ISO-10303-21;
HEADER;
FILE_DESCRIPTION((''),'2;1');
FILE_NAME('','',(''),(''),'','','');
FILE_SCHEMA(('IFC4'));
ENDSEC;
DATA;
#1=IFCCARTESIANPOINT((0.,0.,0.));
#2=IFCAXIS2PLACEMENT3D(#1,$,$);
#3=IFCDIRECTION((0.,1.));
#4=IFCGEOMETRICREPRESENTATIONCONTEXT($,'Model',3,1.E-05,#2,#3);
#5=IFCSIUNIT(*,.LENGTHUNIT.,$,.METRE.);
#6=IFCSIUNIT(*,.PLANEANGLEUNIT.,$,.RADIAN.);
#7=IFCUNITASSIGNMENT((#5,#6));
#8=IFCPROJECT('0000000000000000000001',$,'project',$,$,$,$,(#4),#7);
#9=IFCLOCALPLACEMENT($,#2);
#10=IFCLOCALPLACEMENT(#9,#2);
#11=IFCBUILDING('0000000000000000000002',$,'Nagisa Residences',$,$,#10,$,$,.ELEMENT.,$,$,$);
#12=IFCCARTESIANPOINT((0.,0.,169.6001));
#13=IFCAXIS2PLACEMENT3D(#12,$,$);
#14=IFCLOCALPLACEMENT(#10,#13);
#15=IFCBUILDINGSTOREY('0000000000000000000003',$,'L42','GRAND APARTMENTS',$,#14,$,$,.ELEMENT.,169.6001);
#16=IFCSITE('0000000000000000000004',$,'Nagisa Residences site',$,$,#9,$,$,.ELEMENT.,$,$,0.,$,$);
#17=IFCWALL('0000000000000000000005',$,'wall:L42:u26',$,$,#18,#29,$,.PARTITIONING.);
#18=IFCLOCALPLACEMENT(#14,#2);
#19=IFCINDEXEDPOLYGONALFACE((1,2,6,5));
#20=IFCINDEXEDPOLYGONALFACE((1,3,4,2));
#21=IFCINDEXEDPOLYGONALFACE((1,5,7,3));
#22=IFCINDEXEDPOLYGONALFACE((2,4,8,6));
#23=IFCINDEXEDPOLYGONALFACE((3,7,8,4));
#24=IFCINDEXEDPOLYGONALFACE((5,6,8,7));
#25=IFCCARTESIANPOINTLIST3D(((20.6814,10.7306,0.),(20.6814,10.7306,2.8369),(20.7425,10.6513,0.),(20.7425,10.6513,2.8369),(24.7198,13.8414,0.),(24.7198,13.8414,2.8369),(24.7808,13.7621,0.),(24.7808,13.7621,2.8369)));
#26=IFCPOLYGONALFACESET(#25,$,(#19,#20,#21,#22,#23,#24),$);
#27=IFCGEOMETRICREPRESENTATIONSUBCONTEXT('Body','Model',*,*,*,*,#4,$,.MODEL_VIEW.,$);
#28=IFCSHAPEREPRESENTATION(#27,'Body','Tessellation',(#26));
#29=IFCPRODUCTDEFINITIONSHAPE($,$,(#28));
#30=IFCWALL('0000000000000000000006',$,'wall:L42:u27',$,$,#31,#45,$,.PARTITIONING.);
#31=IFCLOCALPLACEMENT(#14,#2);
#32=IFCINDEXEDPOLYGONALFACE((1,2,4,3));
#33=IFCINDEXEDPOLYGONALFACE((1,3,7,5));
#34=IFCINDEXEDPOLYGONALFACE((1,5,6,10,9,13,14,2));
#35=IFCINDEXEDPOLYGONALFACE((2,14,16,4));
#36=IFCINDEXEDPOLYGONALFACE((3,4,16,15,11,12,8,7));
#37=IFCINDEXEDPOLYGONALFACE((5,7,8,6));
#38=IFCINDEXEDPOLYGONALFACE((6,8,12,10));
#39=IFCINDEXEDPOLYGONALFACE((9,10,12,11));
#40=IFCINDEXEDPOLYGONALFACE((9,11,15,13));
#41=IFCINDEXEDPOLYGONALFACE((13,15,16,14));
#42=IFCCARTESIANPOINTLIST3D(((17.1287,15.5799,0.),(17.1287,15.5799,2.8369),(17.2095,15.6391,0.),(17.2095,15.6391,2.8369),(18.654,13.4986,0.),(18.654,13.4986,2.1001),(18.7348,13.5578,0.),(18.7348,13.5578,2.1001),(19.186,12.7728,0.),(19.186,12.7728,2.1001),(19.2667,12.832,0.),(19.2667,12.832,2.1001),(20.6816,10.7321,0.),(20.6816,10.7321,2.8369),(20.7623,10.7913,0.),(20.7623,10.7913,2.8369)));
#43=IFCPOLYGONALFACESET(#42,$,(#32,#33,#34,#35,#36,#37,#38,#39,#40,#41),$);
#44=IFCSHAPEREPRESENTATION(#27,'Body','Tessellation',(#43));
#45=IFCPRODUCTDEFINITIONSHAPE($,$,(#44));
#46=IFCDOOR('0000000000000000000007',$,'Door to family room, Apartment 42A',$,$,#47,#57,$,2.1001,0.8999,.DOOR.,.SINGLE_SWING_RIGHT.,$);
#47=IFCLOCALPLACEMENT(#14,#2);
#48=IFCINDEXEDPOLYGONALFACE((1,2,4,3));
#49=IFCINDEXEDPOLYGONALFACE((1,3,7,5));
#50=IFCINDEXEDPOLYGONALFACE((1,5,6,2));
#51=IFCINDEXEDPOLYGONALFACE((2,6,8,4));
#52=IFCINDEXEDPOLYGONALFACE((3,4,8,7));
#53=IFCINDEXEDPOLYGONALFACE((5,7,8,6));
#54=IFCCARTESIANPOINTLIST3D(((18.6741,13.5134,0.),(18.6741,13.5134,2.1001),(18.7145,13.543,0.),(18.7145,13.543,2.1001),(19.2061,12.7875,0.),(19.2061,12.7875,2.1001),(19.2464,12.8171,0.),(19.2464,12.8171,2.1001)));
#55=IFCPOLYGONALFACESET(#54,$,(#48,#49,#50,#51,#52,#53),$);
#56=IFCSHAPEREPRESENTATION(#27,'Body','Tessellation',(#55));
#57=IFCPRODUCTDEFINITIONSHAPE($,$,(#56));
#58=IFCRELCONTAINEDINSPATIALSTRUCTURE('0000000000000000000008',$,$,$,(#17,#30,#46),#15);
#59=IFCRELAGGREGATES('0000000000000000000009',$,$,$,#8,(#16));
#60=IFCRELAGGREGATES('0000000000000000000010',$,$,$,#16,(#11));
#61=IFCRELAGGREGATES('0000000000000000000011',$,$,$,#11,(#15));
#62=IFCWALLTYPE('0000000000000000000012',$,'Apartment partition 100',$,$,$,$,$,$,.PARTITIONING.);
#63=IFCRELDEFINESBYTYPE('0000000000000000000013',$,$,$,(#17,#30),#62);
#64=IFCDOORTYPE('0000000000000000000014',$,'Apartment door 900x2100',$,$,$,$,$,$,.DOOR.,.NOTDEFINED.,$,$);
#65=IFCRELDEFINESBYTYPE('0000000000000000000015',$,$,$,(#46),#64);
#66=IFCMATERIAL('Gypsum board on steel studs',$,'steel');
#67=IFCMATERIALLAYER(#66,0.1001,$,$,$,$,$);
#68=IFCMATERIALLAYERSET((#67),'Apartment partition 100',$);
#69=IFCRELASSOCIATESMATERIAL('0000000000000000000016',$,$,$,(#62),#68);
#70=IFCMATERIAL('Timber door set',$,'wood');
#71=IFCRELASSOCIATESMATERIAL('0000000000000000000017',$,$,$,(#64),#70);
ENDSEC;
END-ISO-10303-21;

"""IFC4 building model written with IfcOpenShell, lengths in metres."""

from ifc_helpers import new_model, si_unit, direction, frame, frame_2d, origin, place, context, subcontext, project, spatial, rectangle, extrude, material, layer, layer_set, type_object, element, fill, save


model = new_model("IFC4")

# Units and contexts
model_context = context("Model", 3, precision=1e-05, world=origin(), true_north=direction((0.0, 1.0)))
body_context = subcontext(model_context, "Body", "Model", "MODEL_VIEW")
ifc_project = project(units=[si_unit("LENGTHUNIT", "METRE"), si_unit("PLANEANGLEUNIT", "RADIAN")], contexts=[model_context])

# Site, building, storey
site_placement = place(None, origin())
site = spatial("IfcSite", under=ifc_project, at=site_placement, Name="Nagisa Residences site", CompositionType="ELEMENT", RefElevation=0.0)
building_placement = place(site_placement, origin())
building = spatial("IfcBuilding", under=site, at=building_placement, Name="Nagisa Residences", CompositionType="ELEMENT")
storey_placement = place(building_placement, frame((0.0, 0.0, 169.6001)))
storey = spatial("IfcBuildingStorey", under=building, at=storey_placement, Name="L42", Description="GRAND APARTMENTS", CompositionType="ELEMENT", Elevation=169.6001)

# Shared definitions
ifc_material_1 = material(Name="Gypsum board on steel studs", Category="steel")
ifc_layer_1 = layer(ifc_material_1, 0.1001)
ifc_layer_set_1 = layer_set([ifc_layer_1], Name="Apartment partition 100")
wall_type_1 = type_object("IfcWallType", Name="Apartment partition 100", PredefinedType="PARTITIONING", material=ifc_layer_set_1)
ifc_material_2 = material(Name="Timber door set", Category="wood")
door_type_1 = type_object("IfcDoorType", Name="Apartment door 900x2100", OperationType="NOTDEFINED", PredefinedType="DOOR", material=ifc_material_2)

# Wall
wall_1_placement = place(storey_placement, frame((20.7119, 10.6909, 0.0), z_axis=(0.0, 0.0, 1.0), x_axis=(0.792204, 0.610257, 0.0)))
element("IfcWall", 1, at=wall_1_placement, inside=storey, type_object=wall_type_1, Name="wall:L42:u26", PredefinedType="PARTITIONING", context=body_context, shape_type="SweptSolid", body=[
    extrude(rectangle(XDim=5.0977, YDim=0.1001, at=frame_2d((2.5488, 0.0))), origin(), (0.0, 0.0, 1.0), 2.8369),
])

# Wall, opening, door
wall_2_placement = place(storey_placement, frame((20.7219, 10.7617, 0.0), z_axis=(0.0, 0.0, 1.0), x_axis=(-0.591124, 0.806581, 0.0)))
wall_2 = element("IfcWall", 2, at=wall_2_placement, inside=storey, type_object=wall_type_1, Name="wall:L42:u27", PredefinedType="PARTITIONING", context=body_context, shape_type="SweptSolid", body=[
    extrude(rectangle(XDim=6.0103, YDim=0.1001, at=frame_2d((3.0051, 0.0))), origin(), (0.0, 0.0, 1.0), 2.8369),
])
opening_1_placement = place(wall_2_placement, frame((2.53, 0.0, 0.0)))
opening_1 = element("IfcOpeningElement", 3, at=opening_1_placement, cuts=wall_2, PredefinedType="OPENING", context=body_context, shape_type="SweptSolid", body=[
    extrude(rectangle(XDim=0.8999, YDim=2.1001, at=frame_2d((0.45, 1.05))), frame((0.0, 0.0601, 0.0), z_axis=(0.0, -1.0, 0.0), x_axis=(1.0, 0.0, 0.0)), (0.0, 0.0, 1.0), 0.1201),
])
door_1_placement = place(opening_1_placement, frame((0.8999, 0.0, 0.0), x_axis=(-1.0, 0.0, 0.0)))
door_1 = element("IfcDoor", 4, at=door_1_placement, inside=storey, type_object=door_type_1, Name="Door to family room, Apartment 42A", OperationType="SINGLE_SWING_RIGHT", OverallHeight=2.1001, OverallWidth=0.8999, PredefinedType="DOOR", context=body_context, shape_type="SweptSolid", body=[
    extrude(rectangle(XDim=0.8999, YDim=2.1001, at=frame_2d((0.45, 1.05))), frame((0.0, 0.0249, 0.0), z_axis=(0.0, -1.0, 0.0), x_axis=(1.0, 0.0, 0.0)), (0.0, 0.0, 1.0), 0.05),
])
fill(opening_1, door_1)

save(model, "model.ifc")
